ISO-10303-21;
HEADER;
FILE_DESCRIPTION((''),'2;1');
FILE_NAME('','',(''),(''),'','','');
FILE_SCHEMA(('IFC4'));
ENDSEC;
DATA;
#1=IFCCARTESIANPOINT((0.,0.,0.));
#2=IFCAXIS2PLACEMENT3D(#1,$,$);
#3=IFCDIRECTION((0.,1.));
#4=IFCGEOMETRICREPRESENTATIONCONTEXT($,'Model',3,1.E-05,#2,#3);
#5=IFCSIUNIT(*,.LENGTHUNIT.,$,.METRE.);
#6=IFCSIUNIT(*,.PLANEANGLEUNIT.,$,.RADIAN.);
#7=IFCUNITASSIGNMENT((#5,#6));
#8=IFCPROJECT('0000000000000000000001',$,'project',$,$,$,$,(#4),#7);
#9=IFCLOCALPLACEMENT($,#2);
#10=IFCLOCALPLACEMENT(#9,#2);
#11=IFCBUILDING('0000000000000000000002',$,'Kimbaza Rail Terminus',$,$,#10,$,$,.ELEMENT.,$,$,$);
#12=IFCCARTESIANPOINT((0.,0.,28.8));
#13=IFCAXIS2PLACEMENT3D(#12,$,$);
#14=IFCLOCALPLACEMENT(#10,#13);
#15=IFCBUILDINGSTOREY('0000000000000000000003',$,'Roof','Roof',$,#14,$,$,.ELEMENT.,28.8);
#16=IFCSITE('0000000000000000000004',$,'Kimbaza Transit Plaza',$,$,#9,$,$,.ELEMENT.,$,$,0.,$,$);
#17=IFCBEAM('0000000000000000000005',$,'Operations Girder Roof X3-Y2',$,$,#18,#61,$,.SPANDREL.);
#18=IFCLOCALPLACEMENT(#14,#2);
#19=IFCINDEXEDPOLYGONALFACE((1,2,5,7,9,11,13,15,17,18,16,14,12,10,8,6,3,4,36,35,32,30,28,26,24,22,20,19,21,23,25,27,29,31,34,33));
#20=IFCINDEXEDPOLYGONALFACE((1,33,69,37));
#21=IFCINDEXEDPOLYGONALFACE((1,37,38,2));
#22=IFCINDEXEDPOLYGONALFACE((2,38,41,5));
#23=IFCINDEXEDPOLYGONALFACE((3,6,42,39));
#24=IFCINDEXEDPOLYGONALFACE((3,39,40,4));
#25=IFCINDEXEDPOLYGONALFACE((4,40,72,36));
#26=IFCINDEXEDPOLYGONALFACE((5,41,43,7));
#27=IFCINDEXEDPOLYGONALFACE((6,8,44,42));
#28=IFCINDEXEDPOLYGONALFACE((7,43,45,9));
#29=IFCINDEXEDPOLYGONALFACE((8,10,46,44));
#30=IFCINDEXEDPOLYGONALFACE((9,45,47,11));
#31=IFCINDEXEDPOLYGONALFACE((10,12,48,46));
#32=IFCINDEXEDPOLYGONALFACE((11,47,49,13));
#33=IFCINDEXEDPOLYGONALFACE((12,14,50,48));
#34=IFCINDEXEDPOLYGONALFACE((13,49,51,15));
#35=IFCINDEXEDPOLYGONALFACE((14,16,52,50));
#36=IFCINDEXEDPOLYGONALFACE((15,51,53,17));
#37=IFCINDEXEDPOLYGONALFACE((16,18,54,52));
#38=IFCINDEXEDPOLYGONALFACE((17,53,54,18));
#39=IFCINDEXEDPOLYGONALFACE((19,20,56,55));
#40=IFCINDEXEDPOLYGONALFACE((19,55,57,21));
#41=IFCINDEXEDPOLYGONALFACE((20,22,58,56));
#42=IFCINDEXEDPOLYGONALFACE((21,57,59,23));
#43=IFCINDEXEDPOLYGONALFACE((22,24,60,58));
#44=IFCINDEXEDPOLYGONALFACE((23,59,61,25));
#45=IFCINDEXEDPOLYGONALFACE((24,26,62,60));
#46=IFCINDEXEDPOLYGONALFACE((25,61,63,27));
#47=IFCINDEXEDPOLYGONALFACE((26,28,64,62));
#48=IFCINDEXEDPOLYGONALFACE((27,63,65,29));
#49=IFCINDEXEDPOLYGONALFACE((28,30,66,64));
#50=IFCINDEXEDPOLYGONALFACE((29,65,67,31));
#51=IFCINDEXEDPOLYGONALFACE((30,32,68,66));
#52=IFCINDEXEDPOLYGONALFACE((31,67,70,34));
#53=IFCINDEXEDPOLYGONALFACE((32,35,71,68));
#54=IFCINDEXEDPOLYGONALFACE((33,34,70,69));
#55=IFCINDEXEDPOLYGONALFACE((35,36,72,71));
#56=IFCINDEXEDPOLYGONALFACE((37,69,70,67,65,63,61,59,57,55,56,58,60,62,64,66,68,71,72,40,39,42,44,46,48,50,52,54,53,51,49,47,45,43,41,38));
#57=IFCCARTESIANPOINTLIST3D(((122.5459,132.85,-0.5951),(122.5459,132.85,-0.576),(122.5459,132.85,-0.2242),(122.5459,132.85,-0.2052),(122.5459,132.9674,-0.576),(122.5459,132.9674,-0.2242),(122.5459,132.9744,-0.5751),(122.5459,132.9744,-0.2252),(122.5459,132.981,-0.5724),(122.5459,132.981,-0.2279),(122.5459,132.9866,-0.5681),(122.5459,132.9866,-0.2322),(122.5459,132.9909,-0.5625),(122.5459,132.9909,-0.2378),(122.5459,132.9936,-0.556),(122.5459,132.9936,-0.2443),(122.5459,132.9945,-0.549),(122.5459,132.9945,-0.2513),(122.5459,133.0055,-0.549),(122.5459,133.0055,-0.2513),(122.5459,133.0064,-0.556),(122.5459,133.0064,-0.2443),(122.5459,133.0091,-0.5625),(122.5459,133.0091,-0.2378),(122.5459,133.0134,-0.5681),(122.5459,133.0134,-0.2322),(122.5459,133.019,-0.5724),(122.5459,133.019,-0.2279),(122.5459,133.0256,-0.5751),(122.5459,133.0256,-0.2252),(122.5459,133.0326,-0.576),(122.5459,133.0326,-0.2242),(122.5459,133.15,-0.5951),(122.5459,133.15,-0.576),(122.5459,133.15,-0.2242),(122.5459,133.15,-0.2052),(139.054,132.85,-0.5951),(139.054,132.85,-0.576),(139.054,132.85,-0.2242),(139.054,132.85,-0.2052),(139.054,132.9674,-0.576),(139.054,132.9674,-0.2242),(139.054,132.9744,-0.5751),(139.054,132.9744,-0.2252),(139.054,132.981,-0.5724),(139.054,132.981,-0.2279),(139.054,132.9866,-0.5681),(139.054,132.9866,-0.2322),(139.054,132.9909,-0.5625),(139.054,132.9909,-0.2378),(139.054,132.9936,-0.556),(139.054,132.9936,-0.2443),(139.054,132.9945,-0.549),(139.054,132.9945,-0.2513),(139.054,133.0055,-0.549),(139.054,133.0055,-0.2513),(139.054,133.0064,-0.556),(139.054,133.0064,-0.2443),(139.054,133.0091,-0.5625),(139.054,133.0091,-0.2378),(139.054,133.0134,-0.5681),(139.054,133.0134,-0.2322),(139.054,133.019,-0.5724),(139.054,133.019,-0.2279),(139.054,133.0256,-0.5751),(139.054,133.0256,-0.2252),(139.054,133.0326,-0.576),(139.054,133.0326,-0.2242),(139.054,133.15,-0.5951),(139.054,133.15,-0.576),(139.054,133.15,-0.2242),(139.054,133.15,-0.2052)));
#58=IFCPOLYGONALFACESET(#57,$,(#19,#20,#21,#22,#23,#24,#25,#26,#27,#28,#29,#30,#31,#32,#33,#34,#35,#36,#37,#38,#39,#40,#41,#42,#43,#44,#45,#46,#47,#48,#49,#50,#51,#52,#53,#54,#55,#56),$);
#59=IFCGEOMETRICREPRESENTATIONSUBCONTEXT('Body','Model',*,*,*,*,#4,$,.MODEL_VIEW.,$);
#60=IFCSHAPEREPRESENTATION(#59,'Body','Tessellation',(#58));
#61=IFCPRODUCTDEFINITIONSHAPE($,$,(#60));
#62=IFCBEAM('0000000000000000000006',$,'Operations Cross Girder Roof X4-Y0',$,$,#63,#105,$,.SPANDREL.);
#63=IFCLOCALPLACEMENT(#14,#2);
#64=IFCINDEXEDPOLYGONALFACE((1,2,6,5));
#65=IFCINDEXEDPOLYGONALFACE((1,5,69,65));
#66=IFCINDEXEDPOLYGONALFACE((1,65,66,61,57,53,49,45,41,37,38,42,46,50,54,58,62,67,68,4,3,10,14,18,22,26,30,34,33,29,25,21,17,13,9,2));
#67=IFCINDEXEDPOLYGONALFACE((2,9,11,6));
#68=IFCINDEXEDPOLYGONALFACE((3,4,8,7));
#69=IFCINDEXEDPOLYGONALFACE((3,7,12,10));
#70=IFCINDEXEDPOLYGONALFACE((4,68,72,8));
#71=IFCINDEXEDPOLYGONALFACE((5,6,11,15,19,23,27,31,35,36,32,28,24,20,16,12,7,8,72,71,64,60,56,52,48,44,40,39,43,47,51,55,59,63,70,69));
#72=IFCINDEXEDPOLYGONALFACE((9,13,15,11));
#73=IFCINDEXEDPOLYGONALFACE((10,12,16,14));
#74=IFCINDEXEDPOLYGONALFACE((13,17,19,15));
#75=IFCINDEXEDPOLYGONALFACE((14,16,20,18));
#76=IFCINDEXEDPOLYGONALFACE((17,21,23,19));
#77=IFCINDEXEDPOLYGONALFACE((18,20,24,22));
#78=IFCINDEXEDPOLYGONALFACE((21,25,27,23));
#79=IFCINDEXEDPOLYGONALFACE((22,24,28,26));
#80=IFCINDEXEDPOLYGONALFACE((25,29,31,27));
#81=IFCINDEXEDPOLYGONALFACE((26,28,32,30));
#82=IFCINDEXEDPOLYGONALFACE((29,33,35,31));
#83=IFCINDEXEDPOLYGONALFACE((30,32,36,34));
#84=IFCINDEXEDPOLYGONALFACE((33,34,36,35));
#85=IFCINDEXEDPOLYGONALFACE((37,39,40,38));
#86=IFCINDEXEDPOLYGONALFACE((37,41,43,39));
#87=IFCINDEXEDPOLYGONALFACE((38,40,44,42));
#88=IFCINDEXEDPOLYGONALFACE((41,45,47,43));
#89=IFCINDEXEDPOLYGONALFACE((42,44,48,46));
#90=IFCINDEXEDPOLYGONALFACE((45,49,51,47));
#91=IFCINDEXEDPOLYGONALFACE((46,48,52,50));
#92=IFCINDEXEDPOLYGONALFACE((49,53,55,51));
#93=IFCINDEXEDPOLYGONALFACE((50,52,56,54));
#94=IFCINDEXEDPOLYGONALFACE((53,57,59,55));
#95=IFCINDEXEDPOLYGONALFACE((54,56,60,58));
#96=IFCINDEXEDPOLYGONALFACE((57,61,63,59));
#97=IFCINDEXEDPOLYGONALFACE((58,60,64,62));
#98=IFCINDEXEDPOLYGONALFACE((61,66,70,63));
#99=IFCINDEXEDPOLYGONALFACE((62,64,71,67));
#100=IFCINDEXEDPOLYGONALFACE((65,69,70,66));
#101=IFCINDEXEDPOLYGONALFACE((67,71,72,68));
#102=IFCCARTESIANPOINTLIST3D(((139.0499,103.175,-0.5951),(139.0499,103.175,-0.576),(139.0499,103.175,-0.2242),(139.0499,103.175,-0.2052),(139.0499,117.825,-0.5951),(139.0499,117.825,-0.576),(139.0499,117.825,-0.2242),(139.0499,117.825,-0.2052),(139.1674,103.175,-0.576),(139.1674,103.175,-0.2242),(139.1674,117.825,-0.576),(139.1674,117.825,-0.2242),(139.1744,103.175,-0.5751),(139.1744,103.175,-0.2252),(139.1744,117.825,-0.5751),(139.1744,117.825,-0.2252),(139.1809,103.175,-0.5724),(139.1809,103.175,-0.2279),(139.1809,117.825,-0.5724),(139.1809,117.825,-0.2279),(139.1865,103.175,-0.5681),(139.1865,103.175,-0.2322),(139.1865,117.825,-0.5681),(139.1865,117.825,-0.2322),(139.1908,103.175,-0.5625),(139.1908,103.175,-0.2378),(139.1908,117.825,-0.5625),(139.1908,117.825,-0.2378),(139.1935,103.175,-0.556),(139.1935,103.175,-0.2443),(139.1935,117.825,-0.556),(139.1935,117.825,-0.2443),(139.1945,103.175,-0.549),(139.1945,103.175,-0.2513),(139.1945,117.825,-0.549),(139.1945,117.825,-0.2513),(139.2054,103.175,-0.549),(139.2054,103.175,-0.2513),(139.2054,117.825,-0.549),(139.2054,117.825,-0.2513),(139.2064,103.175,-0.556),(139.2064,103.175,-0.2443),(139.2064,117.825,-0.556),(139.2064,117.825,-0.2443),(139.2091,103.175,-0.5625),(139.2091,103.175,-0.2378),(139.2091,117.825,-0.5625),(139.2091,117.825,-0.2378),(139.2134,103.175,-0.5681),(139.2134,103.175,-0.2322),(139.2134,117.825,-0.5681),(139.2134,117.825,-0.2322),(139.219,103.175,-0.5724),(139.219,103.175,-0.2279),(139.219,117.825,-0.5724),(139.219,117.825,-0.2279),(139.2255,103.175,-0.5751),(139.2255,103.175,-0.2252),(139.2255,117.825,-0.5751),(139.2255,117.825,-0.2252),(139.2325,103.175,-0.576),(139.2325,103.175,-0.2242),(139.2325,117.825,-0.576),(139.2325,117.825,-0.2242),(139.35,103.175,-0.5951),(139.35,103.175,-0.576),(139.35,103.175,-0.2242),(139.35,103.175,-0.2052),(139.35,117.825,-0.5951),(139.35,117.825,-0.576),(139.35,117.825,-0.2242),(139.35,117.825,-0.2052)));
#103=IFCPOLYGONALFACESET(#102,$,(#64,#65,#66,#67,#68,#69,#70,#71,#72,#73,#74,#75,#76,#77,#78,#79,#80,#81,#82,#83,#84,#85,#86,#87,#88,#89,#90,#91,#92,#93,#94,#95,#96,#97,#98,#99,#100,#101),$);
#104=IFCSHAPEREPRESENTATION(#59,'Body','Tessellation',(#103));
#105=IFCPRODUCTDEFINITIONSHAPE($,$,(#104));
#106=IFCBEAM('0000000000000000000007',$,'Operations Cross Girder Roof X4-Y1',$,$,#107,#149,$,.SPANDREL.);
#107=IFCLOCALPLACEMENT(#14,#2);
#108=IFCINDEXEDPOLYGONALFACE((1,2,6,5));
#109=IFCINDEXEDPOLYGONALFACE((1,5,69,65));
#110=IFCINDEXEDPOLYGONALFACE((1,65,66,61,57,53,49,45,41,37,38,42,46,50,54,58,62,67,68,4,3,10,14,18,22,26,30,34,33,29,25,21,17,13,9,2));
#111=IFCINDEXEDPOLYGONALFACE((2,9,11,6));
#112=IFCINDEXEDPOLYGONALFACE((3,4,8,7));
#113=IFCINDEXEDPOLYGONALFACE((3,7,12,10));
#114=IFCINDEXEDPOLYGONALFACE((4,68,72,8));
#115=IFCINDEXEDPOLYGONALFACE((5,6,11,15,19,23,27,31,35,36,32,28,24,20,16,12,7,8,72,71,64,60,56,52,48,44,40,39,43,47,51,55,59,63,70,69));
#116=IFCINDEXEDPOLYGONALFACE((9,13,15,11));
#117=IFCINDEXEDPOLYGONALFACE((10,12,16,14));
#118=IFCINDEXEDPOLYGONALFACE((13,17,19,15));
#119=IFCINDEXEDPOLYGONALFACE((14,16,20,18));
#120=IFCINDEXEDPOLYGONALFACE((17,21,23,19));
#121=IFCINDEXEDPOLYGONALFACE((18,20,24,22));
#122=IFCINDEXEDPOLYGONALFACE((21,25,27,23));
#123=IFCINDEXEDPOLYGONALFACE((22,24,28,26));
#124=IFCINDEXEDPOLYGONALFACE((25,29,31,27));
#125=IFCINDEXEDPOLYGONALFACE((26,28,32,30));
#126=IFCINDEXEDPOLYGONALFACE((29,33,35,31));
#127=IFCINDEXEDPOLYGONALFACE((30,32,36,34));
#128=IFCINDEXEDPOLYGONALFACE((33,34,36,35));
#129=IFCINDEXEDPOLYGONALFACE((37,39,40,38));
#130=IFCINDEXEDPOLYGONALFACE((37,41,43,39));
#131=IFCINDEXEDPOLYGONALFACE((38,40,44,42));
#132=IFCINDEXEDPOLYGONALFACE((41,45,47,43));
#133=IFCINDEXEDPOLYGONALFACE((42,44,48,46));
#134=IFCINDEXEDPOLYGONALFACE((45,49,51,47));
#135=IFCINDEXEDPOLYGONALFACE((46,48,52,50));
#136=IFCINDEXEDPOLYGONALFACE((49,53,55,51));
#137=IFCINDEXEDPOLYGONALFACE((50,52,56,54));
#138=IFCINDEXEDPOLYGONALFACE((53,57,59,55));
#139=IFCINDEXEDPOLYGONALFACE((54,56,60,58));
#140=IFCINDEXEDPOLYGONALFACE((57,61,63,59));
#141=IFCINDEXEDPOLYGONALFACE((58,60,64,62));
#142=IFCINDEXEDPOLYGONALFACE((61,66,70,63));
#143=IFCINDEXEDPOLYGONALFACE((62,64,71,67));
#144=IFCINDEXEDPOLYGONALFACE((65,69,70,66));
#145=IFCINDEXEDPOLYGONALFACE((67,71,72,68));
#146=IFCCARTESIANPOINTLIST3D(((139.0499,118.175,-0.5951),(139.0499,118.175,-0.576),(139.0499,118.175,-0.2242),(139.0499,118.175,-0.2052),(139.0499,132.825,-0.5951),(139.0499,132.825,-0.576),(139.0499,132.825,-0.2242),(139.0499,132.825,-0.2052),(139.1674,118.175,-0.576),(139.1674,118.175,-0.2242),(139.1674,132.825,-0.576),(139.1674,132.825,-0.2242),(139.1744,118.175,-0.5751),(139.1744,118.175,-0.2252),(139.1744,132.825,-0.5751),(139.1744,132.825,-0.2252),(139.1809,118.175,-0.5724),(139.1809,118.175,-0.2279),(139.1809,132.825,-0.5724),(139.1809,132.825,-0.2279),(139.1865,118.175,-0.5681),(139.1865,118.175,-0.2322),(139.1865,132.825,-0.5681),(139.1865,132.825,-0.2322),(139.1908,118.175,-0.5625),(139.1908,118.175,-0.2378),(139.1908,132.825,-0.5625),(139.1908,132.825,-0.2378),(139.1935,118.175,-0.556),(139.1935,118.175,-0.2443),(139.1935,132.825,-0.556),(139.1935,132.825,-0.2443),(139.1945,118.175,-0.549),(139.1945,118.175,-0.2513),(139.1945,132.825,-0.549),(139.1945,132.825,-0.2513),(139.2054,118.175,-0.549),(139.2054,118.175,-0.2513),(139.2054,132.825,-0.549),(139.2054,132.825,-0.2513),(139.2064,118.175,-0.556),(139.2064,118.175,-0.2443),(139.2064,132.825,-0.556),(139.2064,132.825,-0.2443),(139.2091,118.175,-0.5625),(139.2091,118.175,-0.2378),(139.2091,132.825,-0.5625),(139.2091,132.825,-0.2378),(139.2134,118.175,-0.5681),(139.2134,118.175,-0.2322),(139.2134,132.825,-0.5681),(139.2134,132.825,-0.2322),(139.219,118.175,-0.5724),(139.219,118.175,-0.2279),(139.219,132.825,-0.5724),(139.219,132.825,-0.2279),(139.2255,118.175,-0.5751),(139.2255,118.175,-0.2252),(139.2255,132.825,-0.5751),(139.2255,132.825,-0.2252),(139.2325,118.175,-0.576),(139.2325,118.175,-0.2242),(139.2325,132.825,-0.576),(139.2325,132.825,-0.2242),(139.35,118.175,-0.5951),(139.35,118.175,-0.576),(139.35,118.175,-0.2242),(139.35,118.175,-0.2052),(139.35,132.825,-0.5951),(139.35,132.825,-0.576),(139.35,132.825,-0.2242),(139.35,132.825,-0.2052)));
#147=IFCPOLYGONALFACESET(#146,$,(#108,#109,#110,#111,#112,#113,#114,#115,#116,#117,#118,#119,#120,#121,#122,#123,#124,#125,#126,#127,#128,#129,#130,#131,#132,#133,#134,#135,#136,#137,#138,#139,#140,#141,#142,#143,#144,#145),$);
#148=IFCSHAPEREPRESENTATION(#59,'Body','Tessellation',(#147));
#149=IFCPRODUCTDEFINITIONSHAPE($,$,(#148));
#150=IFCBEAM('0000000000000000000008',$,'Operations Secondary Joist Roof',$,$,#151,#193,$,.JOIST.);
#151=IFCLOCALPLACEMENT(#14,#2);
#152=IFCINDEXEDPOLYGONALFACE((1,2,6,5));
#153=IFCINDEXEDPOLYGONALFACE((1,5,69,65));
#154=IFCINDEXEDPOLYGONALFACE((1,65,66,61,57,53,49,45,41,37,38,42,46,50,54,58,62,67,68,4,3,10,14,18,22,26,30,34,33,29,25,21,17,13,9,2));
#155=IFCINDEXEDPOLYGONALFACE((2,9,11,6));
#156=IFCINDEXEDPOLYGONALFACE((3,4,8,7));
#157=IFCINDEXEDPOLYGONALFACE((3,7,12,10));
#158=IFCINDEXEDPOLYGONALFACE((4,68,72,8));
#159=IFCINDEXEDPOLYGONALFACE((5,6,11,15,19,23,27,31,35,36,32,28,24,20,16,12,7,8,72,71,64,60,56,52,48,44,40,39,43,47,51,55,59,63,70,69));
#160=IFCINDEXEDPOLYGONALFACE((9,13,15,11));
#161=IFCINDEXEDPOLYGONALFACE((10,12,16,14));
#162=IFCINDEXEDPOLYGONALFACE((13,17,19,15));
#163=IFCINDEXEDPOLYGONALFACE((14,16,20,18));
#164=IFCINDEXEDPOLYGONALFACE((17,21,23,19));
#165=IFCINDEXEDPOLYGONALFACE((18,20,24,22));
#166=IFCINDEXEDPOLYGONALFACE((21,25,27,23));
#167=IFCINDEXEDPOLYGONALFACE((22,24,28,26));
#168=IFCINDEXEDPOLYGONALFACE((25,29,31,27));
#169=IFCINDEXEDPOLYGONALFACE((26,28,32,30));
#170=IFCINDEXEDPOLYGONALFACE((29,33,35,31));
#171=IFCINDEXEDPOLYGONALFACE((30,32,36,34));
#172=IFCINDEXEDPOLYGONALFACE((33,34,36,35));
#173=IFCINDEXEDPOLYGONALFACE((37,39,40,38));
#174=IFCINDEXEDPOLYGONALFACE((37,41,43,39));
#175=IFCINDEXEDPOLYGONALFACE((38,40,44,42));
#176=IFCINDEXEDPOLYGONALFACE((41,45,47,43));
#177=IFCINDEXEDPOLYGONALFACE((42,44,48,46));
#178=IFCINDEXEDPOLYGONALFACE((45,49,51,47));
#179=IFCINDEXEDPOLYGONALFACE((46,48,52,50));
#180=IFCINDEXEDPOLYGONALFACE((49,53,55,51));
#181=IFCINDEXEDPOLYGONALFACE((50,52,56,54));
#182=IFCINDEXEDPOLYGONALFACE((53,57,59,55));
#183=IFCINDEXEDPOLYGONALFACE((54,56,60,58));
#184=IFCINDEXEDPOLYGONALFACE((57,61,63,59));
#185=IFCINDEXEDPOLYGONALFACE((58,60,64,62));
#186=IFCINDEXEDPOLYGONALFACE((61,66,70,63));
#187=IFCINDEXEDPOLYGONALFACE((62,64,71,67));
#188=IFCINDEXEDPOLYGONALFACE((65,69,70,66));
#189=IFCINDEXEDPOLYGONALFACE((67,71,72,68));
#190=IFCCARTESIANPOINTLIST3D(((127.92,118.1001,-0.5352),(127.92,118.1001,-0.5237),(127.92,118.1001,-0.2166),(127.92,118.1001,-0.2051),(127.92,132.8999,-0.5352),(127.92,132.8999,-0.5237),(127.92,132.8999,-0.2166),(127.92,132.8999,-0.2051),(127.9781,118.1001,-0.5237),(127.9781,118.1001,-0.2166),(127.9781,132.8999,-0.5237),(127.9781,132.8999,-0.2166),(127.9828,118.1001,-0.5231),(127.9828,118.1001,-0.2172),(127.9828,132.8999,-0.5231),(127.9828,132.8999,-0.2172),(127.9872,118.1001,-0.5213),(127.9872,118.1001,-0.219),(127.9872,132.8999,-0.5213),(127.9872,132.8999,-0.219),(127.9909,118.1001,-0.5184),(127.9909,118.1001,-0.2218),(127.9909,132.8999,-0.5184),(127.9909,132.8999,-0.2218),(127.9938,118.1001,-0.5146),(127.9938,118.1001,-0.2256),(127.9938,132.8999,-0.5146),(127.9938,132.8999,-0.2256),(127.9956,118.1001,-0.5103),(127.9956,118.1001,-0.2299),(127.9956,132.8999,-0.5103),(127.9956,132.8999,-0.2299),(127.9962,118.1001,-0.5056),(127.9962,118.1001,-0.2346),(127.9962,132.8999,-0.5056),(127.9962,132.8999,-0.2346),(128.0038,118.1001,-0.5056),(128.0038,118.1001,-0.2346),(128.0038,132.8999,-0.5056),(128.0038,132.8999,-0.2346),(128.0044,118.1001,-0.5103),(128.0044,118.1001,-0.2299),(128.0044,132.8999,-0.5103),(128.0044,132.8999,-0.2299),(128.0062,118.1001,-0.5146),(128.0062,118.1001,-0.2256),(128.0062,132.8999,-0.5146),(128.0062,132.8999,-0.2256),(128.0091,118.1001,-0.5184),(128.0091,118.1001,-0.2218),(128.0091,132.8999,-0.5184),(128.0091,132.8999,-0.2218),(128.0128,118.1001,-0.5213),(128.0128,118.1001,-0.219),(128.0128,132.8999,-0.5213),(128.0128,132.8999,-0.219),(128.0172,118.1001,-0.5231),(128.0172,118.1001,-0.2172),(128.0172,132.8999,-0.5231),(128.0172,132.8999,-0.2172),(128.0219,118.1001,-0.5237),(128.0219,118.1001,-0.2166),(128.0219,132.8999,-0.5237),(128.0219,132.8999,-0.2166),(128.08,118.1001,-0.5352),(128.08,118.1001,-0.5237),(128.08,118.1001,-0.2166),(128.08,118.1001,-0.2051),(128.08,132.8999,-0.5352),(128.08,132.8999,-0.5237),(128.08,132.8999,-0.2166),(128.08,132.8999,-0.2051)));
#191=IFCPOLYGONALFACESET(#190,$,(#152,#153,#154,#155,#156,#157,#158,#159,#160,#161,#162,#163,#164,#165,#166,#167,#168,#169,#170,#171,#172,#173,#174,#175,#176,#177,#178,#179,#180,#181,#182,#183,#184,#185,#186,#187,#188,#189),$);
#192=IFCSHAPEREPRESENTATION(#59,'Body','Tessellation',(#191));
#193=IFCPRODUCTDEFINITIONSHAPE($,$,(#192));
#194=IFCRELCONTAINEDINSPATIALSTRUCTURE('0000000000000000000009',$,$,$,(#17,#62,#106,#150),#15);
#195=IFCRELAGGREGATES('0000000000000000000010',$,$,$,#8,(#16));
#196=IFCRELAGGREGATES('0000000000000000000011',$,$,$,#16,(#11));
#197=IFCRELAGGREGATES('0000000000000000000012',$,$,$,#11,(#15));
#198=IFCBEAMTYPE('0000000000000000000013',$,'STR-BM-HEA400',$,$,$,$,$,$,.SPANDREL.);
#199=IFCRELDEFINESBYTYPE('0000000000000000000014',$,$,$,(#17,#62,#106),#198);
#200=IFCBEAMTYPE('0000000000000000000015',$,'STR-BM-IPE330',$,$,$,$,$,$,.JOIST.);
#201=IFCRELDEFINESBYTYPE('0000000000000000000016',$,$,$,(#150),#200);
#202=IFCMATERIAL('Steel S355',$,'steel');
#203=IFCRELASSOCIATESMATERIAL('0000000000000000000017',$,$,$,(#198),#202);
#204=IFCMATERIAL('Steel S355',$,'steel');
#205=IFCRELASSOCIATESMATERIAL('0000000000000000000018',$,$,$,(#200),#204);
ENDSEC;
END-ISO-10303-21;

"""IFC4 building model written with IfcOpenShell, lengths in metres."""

from ifc_helpers import new_model, si_unit, direction, frame, origin, origin_2d, place, context, subcontext, project, spatial, i_section, extrude, material, material_profile, profile_set, type_object, element, save


model = new_model("IFC4")

# Units and contexts
model_context = context("Model", 3, precision=1e-05, world=origin(), true_north=direction((0.0, 1.0)))
body_context = subcontext(model_context, "Body", "Model", "MODEL_VIEW")
ifc_project = project(units=[si_unit("LENGTHUNIT", "METRE"), si_unit("PLANEANGLEUNIT", "RADIAN")], contexts=[model_context])

# Site, building, storey
site_placement = place(None, origin())
site = spatial("IfcSite", under=ifc_project, at=site_placement, Name="Kimbaza Transit Plaza", CompositionType="ELEMENT", RefElevation=0.0)
building_placement = place(site_placement, origin())
building = spatial("IfcBuilding", under=site, at=building_placement, Name="Kimbaza Rail Terminus", CompositionType="ELEMENT")
storey_placement = place(building_placement, frame((0.0, 0.0, 28.8)))
storey = spatial("IfcBuildingStorey", under=building, at=storey_placement, Name="Roof", Description="Roof", CompositionType="ELEMENT", Elevation=28.8)

# Beams
ifc_material_1 = material(Name="Steel S355", Category="steel")
ifc_material_profile_1 = material_profile(ifc_material_1, i_section(OverallWidth=0.3, OverallDepth=0.3899, WebThickness=0.011, FlangeThickness=0.019, FilletRadius=0.0271, at=origin_2d()), Name="HEA 400")
ifc_profile_set_1 = profile_set([ifc_material_profile_1], Name="Steel S355")
beam_type_1 = type_object("IfcBeamType", Name="STR-BM-HEA400", PredefinedType="SPANDREL", material=ifc_profile_set_1)
beam_1_placement = place(storey_placement, frame((122.5459, 133.0, -0.4001), z_axis=(1.0, 0.0, 0.0), x_axis=(0.0, 1.0, 0.0)))
element("IfcBeam", 1, at=beam_1_placement, inside=storey, type_object=beam_type_1, Name="Operations Girder Roof X3-Y2", PredefinedType="SPANDREL", context=body_context, shape_type="SweptSolid", body=[
    extrude(i_section(OverallWidth=0.3, OverallDepth=0.3899, WebThickness=0.011, FlangeThickness=0.019, FilletRadius=0.0271, at=origin_2d()), origin(), (0.0, 0.0, 1.0), 16.5081),
])
for number, where, z_axis, x_axis, name in (
    (2, (139.2, 103.175, -0.4001), (0.0, 1.0, 0.0), (-1.0, 0.0, 0.0), "Operations Cross Girder Roof X4-Y0"),
    (3, (139.2, 118.175, -0.4001), (0.0, 1.0, 0.0), (-1.0, 0.0, 0.0), "Operations Cross Girder Roof X4-Y1"),
):
    element("IfcBeam", number, at=place(storey_placement, frame(where, z_axis=z_axis, x_axis=x_axis)), inside=storey, type_object=beam_type_1, Name=name, PredefinedType="SPANDREL", context=body_context, shape_type="SweptSolid", body=[
        extrude(i_section(OverallWidth=0.3, OverallDepth=0.3899, WebThickness=0.011, FlangeThickness=0.019, FilletRadius=0.0271, at=origin_2d()), origin(), (0.0, 0.0, 1.0), 14.6499),
    ])
ifc_material_2 = material(Name="Steel S355", Category="steel")
ifc_material_profile_2 = material_profile(ifc_material_2, i_section(OverallWidth=0.1599, OverallDepth=0.3301, WebThickness=0.0076, FlangeThickness=0.0115, FilletRadius=0.0181, at=origin_2d()), Name="IPE 330")
ifc_profile_set_2 = profile_set([ifc_material_profile_2], Name="Steel S355")
beam_type_2 = type_object("IfcBeamType", Name="STR-BM-IPE330", PredefinedType="JOIST", material=ifc_profile_set_2)
for number, where, z_axis, x_axis, name in (
    (4, (128.0, 118.1001, -0.3701), (0.0, 1.0, 0.0), (-1.0, 0.0, 0.0), "Operations Secondary Joist Roof"),
):
    element("IfcBeam", number, at=place(storey_placement, frame(where, z_axis=z_axis, x_axis=x_axis)), inside=storey, type_object=beam_type_2, Name=name, PredefinedType="JOIST", context=body_context, shape_type="SweptSolid", body=[
        extrude(i_section(OverallWidth=0.1599, OverallDepth=0.3301, WebThickness=0.0076, FlangeThickness=0.0115, FilletRadius=0.0181, at=origin_2d()), origin(), (0.0, 0.0, 1.0), 14.7998),
    ])

save(model, "model.ifc")
